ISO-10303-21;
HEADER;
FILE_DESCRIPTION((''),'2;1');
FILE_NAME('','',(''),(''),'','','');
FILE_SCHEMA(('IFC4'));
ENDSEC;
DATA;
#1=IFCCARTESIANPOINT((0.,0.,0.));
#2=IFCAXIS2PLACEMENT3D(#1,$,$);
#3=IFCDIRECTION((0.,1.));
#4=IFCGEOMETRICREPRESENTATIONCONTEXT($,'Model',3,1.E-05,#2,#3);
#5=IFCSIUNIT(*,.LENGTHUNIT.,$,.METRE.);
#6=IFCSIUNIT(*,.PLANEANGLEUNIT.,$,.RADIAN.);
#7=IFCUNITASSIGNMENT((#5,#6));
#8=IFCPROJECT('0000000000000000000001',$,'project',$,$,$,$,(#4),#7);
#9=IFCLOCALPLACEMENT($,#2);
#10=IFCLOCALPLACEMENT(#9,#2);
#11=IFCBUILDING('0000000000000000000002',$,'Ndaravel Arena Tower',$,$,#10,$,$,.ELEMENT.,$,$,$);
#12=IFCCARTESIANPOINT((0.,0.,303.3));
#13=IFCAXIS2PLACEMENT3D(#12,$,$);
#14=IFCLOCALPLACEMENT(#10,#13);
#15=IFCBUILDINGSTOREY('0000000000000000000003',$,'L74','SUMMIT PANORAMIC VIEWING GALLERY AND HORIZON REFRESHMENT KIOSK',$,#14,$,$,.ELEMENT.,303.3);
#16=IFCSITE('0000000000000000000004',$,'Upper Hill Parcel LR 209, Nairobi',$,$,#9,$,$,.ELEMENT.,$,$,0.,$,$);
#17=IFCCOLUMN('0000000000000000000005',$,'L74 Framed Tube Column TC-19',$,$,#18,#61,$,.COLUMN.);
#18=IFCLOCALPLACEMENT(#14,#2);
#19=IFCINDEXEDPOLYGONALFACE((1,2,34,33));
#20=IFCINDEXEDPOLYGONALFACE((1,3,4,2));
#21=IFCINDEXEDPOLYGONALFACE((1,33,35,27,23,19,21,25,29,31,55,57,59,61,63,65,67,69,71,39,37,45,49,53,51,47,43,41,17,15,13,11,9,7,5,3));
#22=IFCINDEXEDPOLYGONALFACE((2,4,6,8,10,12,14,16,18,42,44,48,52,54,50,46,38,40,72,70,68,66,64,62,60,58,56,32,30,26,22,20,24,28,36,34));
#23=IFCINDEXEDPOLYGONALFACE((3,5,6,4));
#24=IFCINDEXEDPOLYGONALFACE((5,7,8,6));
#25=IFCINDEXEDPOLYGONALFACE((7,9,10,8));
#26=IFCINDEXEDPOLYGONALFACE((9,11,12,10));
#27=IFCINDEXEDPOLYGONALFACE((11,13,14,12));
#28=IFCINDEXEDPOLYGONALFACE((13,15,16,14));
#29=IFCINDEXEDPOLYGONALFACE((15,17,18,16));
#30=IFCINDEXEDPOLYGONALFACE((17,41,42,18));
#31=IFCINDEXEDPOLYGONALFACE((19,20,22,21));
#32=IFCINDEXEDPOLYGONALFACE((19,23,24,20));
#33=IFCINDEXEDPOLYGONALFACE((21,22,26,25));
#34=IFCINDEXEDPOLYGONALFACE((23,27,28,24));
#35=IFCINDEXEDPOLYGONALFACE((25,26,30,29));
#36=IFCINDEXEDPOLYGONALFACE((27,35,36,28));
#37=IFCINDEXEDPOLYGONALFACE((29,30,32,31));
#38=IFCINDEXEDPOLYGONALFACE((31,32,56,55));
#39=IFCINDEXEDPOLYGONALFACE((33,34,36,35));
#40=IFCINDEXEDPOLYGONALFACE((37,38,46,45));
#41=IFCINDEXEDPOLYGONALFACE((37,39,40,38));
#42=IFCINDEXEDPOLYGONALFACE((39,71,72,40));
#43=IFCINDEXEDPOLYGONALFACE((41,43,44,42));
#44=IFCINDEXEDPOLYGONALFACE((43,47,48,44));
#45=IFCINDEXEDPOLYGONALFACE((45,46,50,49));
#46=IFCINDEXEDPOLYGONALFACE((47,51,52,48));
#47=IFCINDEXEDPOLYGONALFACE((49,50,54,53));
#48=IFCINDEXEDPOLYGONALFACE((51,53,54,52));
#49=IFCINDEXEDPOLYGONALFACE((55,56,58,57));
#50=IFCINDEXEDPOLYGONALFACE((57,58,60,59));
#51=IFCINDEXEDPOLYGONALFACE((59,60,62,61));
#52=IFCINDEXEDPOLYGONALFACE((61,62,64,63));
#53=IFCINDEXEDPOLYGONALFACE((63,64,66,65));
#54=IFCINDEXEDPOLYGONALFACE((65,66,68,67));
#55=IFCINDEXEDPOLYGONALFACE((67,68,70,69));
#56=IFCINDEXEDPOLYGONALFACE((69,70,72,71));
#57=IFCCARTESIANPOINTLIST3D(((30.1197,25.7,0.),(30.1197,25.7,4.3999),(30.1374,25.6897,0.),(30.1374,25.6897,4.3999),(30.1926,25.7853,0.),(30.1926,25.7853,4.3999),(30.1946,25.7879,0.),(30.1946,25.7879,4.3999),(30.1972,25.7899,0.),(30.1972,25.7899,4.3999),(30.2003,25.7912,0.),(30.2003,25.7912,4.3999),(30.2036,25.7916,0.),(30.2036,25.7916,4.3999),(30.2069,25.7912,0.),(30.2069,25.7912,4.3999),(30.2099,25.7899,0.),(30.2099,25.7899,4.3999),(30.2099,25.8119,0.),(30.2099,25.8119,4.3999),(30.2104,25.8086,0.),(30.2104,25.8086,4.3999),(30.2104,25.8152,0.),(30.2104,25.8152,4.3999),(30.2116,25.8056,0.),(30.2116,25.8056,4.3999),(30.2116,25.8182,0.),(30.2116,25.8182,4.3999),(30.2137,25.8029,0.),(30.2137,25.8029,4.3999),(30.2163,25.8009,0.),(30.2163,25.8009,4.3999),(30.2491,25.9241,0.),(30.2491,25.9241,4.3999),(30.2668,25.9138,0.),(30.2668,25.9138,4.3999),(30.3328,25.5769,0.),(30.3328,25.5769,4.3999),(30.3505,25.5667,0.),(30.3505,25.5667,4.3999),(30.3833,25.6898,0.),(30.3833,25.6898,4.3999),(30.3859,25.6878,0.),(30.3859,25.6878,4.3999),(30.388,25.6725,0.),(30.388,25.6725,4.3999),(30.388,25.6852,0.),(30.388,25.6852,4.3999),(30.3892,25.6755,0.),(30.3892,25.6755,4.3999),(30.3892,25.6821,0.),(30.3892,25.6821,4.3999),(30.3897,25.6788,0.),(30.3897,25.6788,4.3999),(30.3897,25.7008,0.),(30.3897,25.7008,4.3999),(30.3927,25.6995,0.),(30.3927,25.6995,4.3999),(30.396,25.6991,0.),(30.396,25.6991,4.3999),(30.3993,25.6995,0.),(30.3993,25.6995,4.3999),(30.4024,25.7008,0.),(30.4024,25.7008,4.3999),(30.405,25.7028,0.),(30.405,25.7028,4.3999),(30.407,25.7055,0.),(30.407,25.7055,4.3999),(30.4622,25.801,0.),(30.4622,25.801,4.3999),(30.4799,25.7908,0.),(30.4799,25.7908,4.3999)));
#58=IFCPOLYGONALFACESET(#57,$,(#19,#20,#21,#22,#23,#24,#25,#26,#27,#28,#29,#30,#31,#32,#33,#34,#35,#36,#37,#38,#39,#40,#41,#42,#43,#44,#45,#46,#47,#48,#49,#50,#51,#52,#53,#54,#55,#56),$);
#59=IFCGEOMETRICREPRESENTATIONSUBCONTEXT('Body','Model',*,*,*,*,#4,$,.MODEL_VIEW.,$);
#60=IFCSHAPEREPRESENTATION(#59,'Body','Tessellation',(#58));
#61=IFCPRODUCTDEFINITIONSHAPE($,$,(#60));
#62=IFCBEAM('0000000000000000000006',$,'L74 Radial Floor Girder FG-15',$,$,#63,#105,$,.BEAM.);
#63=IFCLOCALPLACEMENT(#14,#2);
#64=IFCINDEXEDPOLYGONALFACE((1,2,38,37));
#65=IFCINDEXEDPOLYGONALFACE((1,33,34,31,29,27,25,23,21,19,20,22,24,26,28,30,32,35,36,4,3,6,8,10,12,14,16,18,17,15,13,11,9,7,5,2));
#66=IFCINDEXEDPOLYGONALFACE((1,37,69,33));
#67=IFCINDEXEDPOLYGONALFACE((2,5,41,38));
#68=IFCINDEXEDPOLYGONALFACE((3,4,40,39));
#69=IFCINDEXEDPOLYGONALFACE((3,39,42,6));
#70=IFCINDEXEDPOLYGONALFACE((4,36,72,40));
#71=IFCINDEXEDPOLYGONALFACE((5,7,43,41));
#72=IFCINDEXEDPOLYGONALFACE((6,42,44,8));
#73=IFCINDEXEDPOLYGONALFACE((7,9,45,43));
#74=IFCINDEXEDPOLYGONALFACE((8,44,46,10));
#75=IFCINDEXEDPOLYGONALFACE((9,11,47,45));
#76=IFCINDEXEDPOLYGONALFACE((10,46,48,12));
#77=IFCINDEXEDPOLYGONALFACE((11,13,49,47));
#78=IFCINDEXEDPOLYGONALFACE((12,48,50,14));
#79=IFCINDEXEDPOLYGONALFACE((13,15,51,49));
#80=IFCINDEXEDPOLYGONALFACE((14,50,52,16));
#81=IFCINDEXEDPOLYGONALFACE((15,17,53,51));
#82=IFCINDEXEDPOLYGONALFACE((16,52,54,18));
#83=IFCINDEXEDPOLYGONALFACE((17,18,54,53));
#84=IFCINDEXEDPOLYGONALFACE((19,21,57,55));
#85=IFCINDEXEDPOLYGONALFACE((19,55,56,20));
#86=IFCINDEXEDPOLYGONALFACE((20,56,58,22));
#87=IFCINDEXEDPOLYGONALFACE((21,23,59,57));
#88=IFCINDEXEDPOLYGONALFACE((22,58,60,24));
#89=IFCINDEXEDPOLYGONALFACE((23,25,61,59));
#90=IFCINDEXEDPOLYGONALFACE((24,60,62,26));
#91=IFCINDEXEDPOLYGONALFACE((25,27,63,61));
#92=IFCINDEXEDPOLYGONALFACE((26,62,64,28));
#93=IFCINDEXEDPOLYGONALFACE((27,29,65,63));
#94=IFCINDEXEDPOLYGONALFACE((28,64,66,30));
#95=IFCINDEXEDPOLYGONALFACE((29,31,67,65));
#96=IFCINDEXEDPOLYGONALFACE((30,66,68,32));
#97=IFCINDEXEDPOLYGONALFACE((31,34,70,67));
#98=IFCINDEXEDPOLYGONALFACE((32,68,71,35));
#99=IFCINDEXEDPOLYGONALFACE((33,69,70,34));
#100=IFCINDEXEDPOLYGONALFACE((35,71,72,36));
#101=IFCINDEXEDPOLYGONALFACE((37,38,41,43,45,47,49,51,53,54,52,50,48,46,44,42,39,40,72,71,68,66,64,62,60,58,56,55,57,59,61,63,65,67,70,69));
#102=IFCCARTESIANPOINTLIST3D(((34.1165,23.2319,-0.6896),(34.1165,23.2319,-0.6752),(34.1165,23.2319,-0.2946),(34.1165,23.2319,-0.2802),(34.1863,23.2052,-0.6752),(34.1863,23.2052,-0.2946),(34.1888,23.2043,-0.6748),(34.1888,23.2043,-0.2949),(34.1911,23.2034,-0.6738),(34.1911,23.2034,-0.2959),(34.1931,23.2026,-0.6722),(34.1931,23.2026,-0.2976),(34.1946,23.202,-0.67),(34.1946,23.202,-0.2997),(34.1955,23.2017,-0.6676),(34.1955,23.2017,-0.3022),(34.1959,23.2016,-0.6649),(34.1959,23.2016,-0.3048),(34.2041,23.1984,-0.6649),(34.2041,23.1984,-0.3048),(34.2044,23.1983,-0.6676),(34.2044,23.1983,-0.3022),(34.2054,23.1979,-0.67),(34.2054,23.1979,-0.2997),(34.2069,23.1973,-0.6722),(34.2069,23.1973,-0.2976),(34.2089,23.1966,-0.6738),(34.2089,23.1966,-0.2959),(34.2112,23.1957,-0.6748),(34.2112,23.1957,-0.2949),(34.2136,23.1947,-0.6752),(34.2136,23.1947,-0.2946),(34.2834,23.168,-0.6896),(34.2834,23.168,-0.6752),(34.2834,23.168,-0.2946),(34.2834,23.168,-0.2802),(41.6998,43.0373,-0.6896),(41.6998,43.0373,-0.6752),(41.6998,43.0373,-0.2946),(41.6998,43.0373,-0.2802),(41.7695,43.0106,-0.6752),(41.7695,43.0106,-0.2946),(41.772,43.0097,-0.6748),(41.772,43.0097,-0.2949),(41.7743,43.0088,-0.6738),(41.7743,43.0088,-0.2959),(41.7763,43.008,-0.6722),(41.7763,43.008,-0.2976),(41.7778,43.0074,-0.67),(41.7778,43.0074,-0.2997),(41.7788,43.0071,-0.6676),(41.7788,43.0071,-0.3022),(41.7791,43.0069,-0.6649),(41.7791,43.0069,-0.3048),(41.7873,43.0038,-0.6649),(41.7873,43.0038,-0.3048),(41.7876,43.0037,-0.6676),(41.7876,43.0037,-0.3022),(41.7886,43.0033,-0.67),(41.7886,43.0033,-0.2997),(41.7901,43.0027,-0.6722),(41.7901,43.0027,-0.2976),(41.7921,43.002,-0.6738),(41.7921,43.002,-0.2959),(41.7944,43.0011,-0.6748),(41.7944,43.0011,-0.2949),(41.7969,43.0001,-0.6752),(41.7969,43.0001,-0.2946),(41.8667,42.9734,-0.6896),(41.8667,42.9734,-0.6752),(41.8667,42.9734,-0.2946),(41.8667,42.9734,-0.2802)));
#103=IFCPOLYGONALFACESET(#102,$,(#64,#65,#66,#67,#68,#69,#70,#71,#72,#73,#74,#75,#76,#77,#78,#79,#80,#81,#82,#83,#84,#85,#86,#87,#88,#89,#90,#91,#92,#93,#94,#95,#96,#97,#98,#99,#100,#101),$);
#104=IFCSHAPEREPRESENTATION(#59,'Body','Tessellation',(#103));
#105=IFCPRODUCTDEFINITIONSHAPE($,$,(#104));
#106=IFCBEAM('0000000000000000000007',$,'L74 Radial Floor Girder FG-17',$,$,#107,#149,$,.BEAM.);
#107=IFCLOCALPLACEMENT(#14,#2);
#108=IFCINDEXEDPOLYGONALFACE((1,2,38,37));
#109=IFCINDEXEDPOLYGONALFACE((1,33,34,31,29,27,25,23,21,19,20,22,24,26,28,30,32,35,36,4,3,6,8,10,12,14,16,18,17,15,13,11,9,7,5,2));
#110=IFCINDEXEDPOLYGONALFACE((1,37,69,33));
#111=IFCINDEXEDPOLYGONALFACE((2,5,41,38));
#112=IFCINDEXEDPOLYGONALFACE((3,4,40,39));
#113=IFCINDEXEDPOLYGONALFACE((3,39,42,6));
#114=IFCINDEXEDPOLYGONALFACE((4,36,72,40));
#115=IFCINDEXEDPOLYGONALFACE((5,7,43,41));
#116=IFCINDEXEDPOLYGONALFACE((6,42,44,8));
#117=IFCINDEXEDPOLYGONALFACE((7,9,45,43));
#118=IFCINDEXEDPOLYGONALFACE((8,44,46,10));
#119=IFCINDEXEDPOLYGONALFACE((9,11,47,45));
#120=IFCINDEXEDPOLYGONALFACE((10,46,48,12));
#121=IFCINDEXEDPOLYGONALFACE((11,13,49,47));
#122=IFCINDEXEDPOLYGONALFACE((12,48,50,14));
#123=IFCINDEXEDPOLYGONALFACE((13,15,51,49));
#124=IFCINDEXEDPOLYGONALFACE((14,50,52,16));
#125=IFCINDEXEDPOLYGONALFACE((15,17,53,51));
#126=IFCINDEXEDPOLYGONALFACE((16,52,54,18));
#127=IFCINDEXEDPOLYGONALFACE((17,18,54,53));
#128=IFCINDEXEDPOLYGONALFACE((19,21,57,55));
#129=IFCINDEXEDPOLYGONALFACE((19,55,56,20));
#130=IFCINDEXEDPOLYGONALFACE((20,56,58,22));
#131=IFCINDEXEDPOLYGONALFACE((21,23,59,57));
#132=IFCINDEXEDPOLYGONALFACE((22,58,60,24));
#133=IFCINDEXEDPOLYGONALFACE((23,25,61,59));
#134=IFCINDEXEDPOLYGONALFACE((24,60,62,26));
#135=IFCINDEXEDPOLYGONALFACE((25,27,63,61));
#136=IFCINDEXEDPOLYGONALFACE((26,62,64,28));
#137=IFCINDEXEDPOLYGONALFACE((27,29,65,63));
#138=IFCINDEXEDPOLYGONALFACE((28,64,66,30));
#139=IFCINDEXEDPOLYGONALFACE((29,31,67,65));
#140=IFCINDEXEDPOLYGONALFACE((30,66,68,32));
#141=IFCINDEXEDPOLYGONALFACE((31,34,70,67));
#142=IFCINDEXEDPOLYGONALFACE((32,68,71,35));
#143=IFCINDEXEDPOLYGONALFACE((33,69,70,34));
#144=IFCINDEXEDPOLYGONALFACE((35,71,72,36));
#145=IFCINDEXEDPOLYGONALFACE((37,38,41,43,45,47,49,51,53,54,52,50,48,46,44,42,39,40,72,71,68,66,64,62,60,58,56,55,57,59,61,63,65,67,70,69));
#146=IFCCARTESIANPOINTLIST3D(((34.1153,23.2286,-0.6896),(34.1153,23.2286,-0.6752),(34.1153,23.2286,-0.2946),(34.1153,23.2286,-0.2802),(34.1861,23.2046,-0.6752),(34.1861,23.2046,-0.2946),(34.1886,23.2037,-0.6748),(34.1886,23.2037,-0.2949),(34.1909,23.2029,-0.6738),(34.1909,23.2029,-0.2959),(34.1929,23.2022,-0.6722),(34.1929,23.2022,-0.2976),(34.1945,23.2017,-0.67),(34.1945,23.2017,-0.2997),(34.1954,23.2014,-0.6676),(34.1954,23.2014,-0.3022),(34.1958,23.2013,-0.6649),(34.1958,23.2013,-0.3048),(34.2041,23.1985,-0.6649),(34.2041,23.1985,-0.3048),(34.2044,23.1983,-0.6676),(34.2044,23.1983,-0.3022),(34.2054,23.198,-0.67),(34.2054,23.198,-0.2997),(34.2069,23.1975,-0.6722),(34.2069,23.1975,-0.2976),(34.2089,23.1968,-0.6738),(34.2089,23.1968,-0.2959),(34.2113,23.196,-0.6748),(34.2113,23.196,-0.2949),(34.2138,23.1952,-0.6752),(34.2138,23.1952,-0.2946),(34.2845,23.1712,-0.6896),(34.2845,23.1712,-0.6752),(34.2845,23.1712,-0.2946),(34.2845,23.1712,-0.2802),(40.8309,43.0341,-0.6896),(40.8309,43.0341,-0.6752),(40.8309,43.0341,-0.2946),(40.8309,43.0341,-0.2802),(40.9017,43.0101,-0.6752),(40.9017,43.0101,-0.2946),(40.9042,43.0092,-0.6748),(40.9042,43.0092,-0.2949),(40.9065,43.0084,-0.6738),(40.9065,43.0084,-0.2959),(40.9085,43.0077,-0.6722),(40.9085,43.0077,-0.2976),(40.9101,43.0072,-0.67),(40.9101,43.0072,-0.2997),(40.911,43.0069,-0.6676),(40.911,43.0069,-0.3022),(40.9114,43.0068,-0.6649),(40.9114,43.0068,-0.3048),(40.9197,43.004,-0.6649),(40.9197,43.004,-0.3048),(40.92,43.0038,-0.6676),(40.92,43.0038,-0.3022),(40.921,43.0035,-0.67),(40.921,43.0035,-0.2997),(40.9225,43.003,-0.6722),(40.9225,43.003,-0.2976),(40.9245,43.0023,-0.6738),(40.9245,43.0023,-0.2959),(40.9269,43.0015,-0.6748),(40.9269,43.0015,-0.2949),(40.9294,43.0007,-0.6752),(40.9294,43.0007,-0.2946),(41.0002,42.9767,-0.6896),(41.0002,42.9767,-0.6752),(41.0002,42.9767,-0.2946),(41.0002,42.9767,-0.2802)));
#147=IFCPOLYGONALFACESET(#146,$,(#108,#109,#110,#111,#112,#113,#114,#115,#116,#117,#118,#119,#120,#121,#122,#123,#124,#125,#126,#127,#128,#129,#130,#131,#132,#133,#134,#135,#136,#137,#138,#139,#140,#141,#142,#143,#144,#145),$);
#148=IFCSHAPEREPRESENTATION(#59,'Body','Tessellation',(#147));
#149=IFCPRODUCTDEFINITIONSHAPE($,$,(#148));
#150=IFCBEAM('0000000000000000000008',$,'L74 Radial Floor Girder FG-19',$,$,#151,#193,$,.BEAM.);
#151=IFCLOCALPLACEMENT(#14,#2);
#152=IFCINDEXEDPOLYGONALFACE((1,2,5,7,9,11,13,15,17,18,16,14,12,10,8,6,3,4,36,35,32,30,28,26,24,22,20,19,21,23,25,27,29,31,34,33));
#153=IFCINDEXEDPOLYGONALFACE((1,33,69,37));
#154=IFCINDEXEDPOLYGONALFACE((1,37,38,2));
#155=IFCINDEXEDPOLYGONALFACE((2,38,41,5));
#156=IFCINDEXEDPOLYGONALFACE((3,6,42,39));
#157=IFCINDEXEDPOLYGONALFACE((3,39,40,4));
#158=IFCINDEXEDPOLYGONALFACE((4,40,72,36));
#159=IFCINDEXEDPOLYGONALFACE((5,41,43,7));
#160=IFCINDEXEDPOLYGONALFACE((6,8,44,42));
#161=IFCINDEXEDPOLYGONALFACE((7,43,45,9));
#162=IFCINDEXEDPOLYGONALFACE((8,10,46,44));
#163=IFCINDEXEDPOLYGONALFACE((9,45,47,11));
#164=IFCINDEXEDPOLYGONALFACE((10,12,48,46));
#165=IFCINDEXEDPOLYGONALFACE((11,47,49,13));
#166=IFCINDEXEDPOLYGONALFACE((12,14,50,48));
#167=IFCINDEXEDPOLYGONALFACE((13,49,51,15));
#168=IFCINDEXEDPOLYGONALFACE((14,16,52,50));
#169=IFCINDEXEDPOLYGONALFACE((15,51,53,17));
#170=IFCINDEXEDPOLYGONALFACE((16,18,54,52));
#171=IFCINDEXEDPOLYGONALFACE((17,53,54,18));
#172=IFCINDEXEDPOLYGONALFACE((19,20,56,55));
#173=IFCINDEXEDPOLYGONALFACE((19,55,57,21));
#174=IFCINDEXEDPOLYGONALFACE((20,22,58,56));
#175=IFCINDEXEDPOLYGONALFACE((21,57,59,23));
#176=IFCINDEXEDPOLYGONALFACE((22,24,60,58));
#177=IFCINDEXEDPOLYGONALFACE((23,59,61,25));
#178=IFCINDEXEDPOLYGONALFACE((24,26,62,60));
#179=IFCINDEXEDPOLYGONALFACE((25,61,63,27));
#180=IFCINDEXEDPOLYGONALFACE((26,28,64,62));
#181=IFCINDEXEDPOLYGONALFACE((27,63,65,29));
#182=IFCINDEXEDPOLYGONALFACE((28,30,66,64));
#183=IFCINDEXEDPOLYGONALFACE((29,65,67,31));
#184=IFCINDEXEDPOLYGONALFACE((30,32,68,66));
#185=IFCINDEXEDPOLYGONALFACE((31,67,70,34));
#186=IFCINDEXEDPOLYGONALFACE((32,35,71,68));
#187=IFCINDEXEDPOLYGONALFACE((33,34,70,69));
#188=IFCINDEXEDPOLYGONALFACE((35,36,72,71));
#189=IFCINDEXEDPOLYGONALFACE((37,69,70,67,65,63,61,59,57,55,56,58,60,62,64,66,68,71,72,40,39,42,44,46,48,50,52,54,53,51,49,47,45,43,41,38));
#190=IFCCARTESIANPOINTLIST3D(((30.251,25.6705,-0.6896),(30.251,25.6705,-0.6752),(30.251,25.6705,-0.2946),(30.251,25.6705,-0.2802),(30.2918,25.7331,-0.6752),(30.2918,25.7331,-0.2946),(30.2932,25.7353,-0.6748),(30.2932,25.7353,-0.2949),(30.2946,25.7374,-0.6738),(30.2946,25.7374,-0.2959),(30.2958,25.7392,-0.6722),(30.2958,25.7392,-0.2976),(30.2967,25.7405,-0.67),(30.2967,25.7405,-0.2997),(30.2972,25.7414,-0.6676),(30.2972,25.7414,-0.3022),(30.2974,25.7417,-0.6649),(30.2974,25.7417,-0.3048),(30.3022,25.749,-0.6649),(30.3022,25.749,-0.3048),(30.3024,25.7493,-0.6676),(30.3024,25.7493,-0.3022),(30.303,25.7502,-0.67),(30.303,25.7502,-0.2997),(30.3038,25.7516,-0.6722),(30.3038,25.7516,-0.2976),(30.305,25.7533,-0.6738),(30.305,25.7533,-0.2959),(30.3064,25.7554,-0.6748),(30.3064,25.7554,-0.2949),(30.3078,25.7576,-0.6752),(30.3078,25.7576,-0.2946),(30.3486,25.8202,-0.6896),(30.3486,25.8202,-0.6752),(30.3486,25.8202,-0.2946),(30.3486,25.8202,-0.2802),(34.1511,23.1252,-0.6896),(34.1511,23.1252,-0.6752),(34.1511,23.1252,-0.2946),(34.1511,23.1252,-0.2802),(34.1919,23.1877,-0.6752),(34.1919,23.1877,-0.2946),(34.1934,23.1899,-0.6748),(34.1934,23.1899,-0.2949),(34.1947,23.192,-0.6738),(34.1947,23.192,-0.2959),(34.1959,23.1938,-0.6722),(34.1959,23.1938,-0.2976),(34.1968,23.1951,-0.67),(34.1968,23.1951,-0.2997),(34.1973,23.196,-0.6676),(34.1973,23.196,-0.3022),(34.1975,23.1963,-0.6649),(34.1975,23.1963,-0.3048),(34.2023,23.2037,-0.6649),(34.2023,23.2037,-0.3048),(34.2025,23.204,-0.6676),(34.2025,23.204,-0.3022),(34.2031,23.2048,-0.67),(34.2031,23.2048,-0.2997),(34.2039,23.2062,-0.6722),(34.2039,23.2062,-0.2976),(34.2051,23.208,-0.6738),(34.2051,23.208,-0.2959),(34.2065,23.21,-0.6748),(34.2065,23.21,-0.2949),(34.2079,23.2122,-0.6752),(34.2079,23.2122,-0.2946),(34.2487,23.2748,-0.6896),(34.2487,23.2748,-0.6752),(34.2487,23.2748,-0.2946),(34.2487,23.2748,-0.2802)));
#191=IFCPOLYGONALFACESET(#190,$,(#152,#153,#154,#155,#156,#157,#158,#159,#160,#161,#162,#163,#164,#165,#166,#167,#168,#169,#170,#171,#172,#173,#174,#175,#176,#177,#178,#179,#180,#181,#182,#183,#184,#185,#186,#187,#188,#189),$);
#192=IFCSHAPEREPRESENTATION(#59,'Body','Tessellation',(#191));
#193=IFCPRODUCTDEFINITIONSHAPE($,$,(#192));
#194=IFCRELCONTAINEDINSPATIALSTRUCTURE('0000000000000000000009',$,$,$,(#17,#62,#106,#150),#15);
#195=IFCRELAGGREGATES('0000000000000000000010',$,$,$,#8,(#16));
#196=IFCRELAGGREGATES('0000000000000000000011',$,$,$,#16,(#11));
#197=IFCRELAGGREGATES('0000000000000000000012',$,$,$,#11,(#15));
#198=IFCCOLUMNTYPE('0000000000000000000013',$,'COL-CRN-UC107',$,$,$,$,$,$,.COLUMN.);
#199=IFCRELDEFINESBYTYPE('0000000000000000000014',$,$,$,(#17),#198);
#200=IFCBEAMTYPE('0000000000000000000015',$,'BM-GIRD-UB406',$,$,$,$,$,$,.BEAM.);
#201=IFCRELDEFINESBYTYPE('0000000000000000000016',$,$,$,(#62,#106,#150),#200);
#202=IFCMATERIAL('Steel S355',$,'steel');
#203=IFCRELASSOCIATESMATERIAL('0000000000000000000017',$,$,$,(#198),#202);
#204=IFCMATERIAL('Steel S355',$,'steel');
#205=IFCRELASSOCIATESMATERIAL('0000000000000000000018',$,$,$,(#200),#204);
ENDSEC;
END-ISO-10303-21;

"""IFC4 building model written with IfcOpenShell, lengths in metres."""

from ifc_helpers import new_model, si_unit, direction, frame, origin, origin_2d, place, context, subcontext, project, spatial, i_section, extrude, material, material_profile, profile_set, type_object, element, save


model = new_model("IFC4")

# Units and contexts
model_context = context("Model", 3, precision=1e-05, world=origin(), true_north=direction((0.0, 1.0)))
body_context = subcontext(model_context, "Body", "Model", "MODEL_VIEW")
ifc_project = project(units=[si_unit("LENGTHUNIT", "METRE"), si_unit("PLANEANGLEUNIT", "RADIAN")], contexts=[model_context])

# Site, building, storey
site_placement = place(None, origin())
site = spatial("IfcSite", under=ifc_project, at=site_placement, Name="Upper Hill Parcel LR 209, Nairobi", CompositionType="ELEMENT", RefElevation=0.0)
building_placement = place(site_placement, origin())
building = spatial("IfcBuilding", under=site, at=building_placement, Name="Ndaravel Arena Tower", CompositionType="ELEMENT")
storey_placement = place(building_placement, frame((0.0, 0.0, 303.3)))
storey = spatial("IfcBuildingStorey", under=building, at=storey_placement, Name="L74", Description="SUMMIT PANORAMIC VIEWING GALLERY AND HORIZON REFRESHMENT KIOSK", CompositionType="ELEMENT", Elevation=303.3)

# Column
ifc_material_1 = material(Name="Steel S355", Category="steel")
ifc_material_profile_1 = material_profile(ifc_material_1, i_section(OverallWidth=0.2588, OverallDepth=0.2666, WebThickness=0.0127, FlangeThickness=0.0205, FilletRadius=0.0127, at=origin_2d()), Name="UC 254x254x107")
ifc_profile_set_1 = profile_set([ifc_material_profile_1], Name="Steel S355")
column_type = type_object("IfcColumnType", Name="COL-CRN-UC107", PredefinedType="COLUMN", material=ifc_profile_set_1)
for number, where, z_axis, x_axis, name in (
    (1, (30.2998, 25.7454, 0.0), (0.0, 0.0, 1.0), (0.5, 0.866025, 0.0), "L74 Framed Tube Column TC-19"),
):
    element("IfcColumn", number, at=place(storey_placement, frame(where, z_axis=z_axis, x_axis=x_axis)), inside=storey, type_object=column_type, Name=name, PredefinedType="COLUMN", context=body_context, shape_type="SweptSolid", body=[
        extrude(i_section(OverallWidth=0.2588, OverallDepth=0.2666, WebThickness=0.0127, FlangeThickness=0.0205, FilletRadius=0.0127, at=origin_2d()), origin(), (0.0, 0.0, 1.0), 4.3999),
    ])

# Beams
ifc_material_2 = material(Name="Steel S355", Category="steel")
ifc_material_profile_2 = material_profile(ifc_material_2, i_section(OverallWidth=0.1787, OverallDepth=0.4094, WebThickness=0.0088, FlangeThickness=0.0144, FilletRadius=0.0103, at=origin_2d()), Name="UB 406x178x67")
ifc_profile_set_2 = profile_set([ifc_material_profile_2], Name="Steel S355")
beam_type_1 = type_object("IfcBeamType", Name="BM-GIRD-UB406", PredefinedType="BEAM", material=ifc_profile_set_2)
beam_1_placement = place(storey_placement, frame((41.7832, 43.0054, -0.4849), z_axis=(-0.357573, -0.933885, 0.0), x_axis=(0.933885, -0.357573, 0.0)))
element("IfcBeam", 2, at=beam_1_placement, inside=storey, type_object=beam_type_1, Name="L74 Radial Floor Girder FG-15", PredefinedType="BEAM", context=body_context, shape_type="SweptSolid", body=[
    extrude(i_section(OverallWidth=0.1787, OverallDepth=0.4094, WebThickness=0.0088, FlangeThickness=0.0144, FilletRadius=0.0103, at=origin_2d()), origin(), (0.0, 0.0, 1.0), 21.2075),
])
beam_2_placement = place(storey_placement, frame((40.9155, 43.0054, -0.4849), z_axis=(-0.32112, -0.947039, 0.0), x_axis=(0.947039, -0.32112, 0.0)))
element("IfcBeam", 3, at=beam_2_placement, inside=storey, type_object=beam_type_1, Name="L74 Radial Floor Girder FG-17", PredefinedType="BEAM", context=body_context, shape_type="SweptSolid", body=[
    extrude(i_section(OverallWidth=0.1787, OverallDepth=0.4094, WebThickness=0.0088, FlangeThickness=0.0144, FilletRadius=0.0103, at=origin_2d()), origin(), (0.0, 0.0, 1.0), 20.9131),
])
beam_3_placement = place(storey_placement, frame((30.2998, 25.7454, -0.4849), z_axis=(0.83743, -0.546544, 0.0), x_axis=(0.546544, 0.83743, 0.0)))
element("IfcBeam", 4, at=beam_3_placement, inside=storey, type_object=beam_type_1, Name="L74 Radial Floor Girder FG-19", PredefinedType="BEAM", context=body_context, shape_type="SweptSolid", body=[
    extrude(i_section(OverallWidth=0.1787, OverallDepth=0.4094, WebThickness=0.0088, FlangeThickness=0.0144, FilletRadius=0.0103, at=origin_2d()), origin(), (0.0, 0.0, 1.0), 4.6572),
])

save(model, "model.ifc")
